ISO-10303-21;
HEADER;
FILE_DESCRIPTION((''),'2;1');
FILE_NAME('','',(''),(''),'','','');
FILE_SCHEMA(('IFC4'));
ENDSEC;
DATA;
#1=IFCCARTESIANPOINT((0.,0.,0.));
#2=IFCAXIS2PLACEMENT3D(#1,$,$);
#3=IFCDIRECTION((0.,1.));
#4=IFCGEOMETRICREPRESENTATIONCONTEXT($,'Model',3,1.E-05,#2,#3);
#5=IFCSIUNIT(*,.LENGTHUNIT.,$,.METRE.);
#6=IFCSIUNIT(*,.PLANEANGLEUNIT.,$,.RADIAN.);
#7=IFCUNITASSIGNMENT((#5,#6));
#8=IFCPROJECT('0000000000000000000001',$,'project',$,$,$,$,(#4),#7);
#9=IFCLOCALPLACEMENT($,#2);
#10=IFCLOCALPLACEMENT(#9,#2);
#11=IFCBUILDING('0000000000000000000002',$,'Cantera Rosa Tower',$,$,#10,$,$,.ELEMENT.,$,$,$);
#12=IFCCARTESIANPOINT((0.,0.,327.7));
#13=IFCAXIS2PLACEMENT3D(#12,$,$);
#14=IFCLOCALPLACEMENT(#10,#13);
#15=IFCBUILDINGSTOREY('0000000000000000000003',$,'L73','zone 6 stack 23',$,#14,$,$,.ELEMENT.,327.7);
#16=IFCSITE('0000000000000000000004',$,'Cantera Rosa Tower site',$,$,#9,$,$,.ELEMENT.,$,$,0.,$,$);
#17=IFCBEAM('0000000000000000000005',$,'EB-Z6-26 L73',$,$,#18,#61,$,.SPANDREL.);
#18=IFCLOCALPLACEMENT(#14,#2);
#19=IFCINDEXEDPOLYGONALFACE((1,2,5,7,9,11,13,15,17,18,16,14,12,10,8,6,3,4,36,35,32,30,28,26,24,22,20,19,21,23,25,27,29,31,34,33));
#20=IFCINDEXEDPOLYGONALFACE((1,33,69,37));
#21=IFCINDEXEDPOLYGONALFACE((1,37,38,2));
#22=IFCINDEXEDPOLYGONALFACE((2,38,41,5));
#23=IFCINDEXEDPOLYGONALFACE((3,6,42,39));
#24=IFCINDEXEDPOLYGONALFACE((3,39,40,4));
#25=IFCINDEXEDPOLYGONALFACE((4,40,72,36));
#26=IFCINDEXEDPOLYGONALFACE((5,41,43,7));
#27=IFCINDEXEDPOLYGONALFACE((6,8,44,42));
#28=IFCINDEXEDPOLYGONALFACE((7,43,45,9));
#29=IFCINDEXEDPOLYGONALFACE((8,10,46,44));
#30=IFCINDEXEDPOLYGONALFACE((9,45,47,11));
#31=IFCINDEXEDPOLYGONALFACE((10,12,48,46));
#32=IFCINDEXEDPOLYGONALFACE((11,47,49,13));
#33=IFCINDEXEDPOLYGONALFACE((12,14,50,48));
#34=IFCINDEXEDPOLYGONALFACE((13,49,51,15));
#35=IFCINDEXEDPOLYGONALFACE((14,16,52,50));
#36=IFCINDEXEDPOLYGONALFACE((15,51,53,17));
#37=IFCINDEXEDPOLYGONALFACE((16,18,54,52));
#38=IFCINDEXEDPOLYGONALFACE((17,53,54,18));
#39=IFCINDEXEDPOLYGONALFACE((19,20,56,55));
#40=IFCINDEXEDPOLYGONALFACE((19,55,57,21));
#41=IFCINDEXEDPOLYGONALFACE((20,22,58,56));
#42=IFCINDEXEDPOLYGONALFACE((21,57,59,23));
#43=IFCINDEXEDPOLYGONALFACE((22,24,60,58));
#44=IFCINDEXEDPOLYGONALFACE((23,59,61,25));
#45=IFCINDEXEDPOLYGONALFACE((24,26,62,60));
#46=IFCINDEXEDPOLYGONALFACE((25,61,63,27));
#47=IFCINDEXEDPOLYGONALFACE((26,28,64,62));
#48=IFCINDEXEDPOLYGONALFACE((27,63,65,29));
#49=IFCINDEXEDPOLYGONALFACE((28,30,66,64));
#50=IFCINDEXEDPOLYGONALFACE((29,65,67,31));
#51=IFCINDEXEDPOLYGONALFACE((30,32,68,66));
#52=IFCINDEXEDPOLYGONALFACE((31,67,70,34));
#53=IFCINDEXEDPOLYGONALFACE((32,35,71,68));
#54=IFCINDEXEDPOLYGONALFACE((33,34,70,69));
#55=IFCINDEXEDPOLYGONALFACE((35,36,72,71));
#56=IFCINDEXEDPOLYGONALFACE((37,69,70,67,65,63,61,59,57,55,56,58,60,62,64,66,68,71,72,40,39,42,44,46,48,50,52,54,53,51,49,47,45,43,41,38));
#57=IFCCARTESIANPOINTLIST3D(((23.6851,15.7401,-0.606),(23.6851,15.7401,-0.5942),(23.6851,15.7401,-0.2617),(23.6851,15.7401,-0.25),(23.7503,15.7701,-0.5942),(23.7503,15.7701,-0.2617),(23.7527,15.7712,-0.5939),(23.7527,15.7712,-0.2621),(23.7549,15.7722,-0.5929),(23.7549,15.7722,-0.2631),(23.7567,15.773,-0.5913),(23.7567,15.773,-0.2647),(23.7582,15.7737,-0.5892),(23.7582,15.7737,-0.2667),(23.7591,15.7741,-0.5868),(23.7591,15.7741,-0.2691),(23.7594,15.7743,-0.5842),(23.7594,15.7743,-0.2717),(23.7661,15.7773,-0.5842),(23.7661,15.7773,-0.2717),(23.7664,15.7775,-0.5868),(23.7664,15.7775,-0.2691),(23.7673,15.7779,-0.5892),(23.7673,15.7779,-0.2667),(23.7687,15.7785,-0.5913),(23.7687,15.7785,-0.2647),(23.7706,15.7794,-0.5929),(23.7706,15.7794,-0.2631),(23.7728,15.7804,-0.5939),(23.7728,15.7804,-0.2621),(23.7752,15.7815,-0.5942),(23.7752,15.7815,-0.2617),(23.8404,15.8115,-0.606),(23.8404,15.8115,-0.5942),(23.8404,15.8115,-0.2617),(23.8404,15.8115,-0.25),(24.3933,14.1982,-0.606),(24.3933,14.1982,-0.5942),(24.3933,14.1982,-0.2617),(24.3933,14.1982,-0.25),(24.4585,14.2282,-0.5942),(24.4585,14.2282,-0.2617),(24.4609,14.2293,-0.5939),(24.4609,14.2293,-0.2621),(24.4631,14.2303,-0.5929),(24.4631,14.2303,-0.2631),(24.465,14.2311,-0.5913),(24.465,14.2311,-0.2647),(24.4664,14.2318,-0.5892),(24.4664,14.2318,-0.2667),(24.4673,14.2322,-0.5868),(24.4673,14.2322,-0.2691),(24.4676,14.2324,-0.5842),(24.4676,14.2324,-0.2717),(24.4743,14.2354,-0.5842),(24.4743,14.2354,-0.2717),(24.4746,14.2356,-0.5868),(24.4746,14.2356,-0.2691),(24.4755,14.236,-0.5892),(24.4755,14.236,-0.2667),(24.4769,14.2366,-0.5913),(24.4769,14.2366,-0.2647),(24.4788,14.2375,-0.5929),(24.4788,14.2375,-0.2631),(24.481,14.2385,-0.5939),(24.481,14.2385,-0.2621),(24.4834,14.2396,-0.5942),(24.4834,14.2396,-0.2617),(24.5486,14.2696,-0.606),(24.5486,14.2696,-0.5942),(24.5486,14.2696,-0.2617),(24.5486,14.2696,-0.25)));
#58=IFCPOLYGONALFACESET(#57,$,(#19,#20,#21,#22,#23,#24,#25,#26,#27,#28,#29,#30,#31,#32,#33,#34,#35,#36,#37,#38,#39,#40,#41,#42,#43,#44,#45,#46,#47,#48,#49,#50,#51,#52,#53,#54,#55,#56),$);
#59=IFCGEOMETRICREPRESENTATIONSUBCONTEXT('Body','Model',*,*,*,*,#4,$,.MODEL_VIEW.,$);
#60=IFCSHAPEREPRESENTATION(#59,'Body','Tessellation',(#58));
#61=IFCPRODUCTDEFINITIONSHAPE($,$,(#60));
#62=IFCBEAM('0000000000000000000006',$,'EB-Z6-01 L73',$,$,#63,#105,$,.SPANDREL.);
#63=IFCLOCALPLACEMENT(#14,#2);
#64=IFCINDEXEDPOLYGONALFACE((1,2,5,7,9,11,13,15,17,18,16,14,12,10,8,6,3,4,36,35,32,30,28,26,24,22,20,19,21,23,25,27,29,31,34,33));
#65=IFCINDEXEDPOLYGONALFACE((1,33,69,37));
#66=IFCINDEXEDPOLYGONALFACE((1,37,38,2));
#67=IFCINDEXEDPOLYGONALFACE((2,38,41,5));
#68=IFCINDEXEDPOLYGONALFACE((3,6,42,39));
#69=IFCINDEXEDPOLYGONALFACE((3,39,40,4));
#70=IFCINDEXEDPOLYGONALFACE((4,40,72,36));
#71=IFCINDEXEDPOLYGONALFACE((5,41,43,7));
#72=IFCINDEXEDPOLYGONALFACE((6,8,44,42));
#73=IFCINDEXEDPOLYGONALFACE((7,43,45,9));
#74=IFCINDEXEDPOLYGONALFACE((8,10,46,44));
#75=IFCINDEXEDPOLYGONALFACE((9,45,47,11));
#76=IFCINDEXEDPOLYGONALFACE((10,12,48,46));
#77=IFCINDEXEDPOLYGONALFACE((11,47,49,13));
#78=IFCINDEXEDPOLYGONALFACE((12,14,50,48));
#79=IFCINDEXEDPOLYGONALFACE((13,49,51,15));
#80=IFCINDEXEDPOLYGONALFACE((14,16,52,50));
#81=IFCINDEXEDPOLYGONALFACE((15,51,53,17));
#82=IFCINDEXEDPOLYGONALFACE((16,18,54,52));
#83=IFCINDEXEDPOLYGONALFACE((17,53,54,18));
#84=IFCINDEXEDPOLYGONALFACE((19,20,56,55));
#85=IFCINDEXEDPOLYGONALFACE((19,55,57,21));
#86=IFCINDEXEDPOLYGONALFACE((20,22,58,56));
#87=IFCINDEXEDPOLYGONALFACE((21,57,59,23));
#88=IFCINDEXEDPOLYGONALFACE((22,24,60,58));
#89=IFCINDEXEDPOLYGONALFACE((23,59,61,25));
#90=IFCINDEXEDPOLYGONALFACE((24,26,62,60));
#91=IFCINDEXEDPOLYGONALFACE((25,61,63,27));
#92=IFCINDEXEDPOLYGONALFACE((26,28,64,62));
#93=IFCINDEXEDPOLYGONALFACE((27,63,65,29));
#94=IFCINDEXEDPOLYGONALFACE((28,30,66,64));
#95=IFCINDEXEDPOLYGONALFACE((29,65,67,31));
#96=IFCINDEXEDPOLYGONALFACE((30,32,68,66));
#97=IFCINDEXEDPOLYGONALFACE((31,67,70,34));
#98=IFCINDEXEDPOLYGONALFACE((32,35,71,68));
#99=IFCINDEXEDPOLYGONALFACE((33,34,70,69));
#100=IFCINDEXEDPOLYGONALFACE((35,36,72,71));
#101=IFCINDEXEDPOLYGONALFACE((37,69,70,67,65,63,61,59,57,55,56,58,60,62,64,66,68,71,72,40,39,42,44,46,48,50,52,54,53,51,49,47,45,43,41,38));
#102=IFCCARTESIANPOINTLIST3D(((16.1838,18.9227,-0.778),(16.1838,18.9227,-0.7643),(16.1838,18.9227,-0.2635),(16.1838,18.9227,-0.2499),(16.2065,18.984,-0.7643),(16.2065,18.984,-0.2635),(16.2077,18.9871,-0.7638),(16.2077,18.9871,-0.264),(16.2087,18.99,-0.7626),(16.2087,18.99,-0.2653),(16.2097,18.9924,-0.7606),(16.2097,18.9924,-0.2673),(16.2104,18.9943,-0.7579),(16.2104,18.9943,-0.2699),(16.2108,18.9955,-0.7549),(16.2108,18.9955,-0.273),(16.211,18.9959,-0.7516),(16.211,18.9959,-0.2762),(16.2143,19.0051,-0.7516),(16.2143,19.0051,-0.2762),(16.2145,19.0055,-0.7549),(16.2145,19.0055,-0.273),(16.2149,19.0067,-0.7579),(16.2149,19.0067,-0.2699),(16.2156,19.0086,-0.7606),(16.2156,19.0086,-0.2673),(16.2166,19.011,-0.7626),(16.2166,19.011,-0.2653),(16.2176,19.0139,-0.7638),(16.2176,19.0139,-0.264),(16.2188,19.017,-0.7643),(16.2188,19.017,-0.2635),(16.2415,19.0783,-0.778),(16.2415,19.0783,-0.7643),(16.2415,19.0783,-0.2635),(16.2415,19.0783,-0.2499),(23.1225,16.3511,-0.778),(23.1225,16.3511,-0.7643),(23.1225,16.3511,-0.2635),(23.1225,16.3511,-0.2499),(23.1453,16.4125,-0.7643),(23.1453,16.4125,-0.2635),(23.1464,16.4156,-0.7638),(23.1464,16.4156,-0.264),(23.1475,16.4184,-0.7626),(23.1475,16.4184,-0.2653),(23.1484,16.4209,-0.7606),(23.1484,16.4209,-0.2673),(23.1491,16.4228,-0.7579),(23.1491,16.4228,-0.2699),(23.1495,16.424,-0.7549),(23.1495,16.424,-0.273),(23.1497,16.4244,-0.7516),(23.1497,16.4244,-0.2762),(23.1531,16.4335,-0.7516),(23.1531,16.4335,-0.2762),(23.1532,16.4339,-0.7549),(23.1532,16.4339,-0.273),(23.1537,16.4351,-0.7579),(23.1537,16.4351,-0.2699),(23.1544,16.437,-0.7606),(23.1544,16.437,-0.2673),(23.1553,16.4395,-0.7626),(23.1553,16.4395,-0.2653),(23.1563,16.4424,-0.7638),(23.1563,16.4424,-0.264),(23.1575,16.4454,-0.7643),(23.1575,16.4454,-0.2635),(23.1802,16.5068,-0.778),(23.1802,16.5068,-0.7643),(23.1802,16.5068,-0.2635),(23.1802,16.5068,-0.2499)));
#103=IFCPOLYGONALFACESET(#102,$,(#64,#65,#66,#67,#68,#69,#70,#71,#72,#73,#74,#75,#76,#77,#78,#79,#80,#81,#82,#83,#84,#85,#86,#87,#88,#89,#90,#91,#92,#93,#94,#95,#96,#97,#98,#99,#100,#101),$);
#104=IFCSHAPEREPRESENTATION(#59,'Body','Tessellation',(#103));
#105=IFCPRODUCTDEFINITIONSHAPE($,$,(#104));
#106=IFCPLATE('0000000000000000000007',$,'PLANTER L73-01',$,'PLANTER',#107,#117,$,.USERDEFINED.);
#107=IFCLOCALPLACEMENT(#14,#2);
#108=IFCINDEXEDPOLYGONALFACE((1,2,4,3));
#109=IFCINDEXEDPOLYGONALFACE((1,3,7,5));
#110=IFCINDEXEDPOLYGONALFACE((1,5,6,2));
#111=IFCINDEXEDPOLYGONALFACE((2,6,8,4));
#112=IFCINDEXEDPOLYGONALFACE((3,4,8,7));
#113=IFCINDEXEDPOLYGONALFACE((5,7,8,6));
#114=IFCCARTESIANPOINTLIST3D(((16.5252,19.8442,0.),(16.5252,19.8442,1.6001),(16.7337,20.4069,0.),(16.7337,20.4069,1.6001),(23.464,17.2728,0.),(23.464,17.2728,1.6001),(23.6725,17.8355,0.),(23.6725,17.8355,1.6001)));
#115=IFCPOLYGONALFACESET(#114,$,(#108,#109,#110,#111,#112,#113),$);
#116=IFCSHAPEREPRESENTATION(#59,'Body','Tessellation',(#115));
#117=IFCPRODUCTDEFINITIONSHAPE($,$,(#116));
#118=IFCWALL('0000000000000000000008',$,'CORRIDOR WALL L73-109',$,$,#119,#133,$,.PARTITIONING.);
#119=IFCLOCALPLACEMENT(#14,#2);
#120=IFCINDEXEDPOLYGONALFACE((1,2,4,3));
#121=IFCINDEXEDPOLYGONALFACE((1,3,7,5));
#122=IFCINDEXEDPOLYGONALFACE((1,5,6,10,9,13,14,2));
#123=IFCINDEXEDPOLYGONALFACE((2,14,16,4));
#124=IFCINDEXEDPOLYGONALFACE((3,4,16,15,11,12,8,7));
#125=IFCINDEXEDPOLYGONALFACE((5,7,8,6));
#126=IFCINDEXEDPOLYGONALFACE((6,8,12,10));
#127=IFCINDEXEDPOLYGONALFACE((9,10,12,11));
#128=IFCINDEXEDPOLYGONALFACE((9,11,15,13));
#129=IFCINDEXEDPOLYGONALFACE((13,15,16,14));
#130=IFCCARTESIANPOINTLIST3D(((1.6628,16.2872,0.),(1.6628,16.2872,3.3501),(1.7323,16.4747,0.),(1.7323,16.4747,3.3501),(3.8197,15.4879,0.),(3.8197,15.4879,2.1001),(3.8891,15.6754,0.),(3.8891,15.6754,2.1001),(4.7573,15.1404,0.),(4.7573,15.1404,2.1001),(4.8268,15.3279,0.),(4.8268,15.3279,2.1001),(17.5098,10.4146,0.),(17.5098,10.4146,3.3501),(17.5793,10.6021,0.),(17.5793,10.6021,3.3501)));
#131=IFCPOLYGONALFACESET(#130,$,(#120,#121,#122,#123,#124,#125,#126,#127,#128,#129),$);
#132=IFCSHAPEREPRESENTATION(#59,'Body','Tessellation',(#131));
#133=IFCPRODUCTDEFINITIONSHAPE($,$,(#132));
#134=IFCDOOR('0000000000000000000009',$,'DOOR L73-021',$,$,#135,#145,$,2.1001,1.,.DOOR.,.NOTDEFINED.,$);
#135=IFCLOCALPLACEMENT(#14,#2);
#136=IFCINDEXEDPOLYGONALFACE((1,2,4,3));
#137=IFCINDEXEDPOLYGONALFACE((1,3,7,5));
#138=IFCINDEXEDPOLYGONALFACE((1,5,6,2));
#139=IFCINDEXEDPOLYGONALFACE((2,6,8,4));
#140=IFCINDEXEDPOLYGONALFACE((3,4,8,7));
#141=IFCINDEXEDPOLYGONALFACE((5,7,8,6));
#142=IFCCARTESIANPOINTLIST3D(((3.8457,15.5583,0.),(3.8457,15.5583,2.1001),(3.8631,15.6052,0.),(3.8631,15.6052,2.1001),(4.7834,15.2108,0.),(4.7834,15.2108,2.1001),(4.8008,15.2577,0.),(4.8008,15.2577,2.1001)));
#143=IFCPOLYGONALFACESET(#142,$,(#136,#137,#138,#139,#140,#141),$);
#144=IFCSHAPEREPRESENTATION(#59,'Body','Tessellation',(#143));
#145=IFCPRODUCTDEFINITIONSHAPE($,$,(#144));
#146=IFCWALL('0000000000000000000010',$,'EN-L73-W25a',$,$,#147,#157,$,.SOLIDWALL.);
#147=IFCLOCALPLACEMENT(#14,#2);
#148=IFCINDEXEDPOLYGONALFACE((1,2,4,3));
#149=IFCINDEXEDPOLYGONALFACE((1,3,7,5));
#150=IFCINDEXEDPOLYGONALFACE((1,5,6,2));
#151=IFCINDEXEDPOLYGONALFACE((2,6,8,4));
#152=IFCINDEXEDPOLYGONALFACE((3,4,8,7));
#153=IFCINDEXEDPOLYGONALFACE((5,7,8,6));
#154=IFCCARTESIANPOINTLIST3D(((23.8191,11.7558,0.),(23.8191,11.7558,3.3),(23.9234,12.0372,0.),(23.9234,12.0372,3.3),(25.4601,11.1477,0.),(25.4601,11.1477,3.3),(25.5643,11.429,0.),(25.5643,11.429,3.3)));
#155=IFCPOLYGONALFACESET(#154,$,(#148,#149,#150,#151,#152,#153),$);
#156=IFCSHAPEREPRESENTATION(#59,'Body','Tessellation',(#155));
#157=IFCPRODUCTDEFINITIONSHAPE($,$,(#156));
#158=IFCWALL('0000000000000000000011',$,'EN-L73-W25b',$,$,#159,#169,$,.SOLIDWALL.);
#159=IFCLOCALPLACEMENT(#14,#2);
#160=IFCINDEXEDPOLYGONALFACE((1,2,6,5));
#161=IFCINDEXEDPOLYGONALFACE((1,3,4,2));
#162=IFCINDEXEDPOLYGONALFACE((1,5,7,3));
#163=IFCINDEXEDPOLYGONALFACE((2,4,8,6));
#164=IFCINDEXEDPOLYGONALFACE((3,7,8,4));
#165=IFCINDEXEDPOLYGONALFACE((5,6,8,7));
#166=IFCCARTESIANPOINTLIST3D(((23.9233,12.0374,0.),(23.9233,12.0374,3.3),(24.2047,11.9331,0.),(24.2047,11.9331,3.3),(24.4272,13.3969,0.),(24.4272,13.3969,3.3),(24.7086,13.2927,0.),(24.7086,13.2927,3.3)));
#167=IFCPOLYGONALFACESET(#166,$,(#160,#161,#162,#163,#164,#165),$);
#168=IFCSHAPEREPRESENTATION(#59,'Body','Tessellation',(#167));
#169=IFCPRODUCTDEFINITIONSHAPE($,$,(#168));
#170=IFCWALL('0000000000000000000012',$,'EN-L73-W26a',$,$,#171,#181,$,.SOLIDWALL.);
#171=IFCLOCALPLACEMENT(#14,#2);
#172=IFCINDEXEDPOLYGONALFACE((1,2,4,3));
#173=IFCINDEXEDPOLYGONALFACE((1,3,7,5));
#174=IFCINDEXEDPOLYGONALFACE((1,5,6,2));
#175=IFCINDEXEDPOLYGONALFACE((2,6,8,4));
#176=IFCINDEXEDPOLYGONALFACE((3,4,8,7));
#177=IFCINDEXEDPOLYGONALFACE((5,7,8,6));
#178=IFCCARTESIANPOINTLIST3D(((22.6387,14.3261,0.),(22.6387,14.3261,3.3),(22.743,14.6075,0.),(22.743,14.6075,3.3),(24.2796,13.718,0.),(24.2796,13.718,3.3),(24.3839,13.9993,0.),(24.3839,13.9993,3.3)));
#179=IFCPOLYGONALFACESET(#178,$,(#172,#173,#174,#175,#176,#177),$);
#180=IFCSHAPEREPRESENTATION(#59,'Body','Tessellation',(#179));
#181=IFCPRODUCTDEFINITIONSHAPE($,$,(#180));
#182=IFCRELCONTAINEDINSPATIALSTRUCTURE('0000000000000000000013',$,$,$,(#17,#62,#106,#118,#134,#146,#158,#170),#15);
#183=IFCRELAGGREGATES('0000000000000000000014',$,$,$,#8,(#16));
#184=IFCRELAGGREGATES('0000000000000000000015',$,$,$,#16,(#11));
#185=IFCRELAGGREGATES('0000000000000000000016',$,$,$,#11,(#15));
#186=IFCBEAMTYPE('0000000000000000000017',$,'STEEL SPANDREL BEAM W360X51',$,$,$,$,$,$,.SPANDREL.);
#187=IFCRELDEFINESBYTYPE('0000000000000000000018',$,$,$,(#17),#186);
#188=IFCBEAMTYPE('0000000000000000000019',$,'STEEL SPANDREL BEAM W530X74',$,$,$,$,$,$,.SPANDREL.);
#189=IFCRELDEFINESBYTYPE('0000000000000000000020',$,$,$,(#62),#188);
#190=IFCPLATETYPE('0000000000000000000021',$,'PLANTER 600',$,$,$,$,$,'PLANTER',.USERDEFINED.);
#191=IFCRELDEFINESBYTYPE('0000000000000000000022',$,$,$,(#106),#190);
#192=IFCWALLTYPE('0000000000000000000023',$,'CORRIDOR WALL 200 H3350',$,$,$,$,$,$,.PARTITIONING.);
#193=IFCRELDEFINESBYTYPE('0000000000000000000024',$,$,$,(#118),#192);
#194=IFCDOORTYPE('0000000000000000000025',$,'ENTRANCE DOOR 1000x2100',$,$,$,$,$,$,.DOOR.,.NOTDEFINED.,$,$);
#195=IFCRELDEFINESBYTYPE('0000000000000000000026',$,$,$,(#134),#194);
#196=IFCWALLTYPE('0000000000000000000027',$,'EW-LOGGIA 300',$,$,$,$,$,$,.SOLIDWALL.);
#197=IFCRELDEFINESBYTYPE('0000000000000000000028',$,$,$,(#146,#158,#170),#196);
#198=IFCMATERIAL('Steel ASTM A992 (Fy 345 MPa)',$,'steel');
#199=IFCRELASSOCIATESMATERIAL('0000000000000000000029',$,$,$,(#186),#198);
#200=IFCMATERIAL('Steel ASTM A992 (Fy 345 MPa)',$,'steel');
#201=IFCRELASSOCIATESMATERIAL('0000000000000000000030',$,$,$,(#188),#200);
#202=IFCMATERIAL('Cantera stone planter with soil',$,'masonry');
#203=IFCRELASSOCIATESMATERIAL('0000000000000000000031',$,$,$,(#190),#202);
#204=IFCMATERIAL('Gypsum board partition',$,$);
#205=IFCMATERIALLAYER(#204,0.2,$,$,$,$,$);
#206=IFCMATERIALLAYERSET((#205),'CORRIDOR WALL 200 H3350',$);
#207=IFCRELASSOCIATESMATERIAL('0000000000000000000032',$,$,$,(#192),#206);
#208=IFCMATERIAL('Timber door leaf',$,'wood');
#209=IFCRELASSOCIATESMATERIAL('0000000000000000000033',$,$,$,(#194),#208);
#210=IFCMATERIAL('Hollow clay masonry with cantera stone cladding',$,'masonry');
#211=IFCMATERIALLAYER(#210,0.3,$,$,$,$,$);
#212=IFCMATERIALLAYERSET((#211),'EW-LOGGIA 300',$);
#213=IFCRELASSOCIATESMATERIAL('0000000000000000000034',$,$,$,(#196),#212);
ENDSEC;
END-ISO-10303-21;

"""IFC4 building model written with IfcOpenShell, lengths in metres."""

from ifc_helpers import new_model, si_unit, direction, frame, frame_2d, origin, origin_2d, place, context, subcontext, project, spatial, rectangle, i_section, extrude, material, layer, layer_set, material_profile, profile_set, type_object, element, fill, save


model = new_model("IFC4")

# Units and contexts
model_context = context("Model", 3, precision=1e-05, world=origin(), true_north=direction((0.0, 1.0)))
body_context = subcontext(model_context, "Body", "Model", "MODEL_VIEW")
ifc_project = project(units=[si_unit("LENGTHUNIT", "METRE"), si_unit("PLANEANGLEUNIT", "RADIAN")], contexts=[model_context])

# Site, building, storey
site_placement = place(None, origin())
site = spatial("IfcSite", under=ifc_project, at=site_placement, Name="Cantera Rosa Tower site", CompositionType="ELEMENT", RefElevation=0.0)
building_placement = place(site_placement, origin())
building = spatial("IfcBuilding", under=site, at=building_placement, Name="Cantera Rosa Tower", CompositionType="ELEMENT")
storey_placement = place(building_placement, frame((0.0, 0.0, 327.7)))
storey = spatial("IfcBuildingStorey", under=building, at=storey_placement, Name="L73", Description="zone 6 stack 23", CompositionType="ELEMENT", Elevation=327.7)

# Beams
ifc_material_1 = material(Name="Steel ASTM A992 (Fy 345 MPa)", Category="steel")
ifc_material_profile_1 = material_profile(ifc_material_1, i_section(OverallWidth=0.1709, OverallDepth=0.356, WebThickness=0.0073, FlangeThickness=0.0117, FilletRadius=0.01, at=origin_2d()), Name="W360X51")
ifc_profile_set_1 = profile_set([ifc_material_profile_1], Name="Steel ASTM A992 (Fy 345 MPa)")
beam_type_1 = type_object("IfcBeamType", Name="STEEL SPANDREL BEAM W360X51", PredefinedType="SPANDREL", material=ifc_profile_set_1)
for number, where, z_axis, x_axis, name in (
    (1, (24.4709, 14.2339, -0.428), (-0.417388, 0.908728, 0.0), (-0.908728, -0.417388, 0.0), "EB-Z6-26 L73"),
):
    element("IfcBeam", number, at=place(storey_placement, frame(where, z_axis=z_axis, x_axis=x_axis)), inside=storey, type_object=beam_type_1, Name=name, PredefinedType="SPANDREL", context=body_context, shape_type="SweptSolid", body=[
        extrude(i_section(OverallWidth=0.1709, OverallDepth=0.356, WebThickness=0.0073, FlangeThickness=0.0117, FilletRadius=0.01, at=origin_2d()), origin(), (0.0, 0.0, 1.0), 1.6968),
    ])
ifc_material_2 = material(Name="Steel ASTM A992 (Fy 345 MPa)", Category="steel")
ifc_material_profile_2 = material_profile(ifc_material_2, i_section(OverallWidth=0.166, OverallDepth=0.5281, WebThickness=0.0098, FlangeThickness=0.0137, FilletRadius=0.0127, at=origin_2d()), Name="W530X74")
ifc_profile_set_2 = profile_set([ifc_material_profile_2], Name="Steel ASTM A992 (Fy 345 MPa)")
beam_type_2 = type_object("IfcBeamType", Name="STEEL SPANDREL BEAM W530X74", PredefinedType="SPANDREL", material=ifc_profile_set_2)
beam_1_placement = place(storey_placement, frame((23.1514, 16.429, -0.5139), z_axis=(-0.937677, 0.347509, 0.0), x_axis=(-0.347509, -0.937677, 0.0)))
element("IfcBeam", 2, at=beam_1_placement, inside=storey, type_object=beam_type_2, Name="EB-Z6-01 L73", PredefinedType="SPANDREL", context=body_context, shape_type="SweptSolid", body=[
    extrude(i_section(OverallWidth=0.166, OverallDepth=0.5281, WebThickness=0.0098, FlangeThickness=0.0137, FilletRadius=0.0127, at=origin_2d()), origin(), (0.0, 0.0, 1.0), 7.3999),
])

# Plate
ifc_material_3 = material(Name="Cantera stone planter with soil", Category="masonry")
plate_type = type_object("IfcPlateType", Name="PLANTER 600", ElementType="PLANTER", PredefinedType="USERDEFINED", material=ifc_material_3)
plate_placement = place(storey_placement, frame((20.0989, 18.8398, 0.0), z_axis=(0.0, 0.0, 1.0), x_axis=(-0.937687, 0.347481, 0.0)))
element("IfcPlate", 3, at=plate_placement, inside=storey, type_object=plate_type, Name="PLANTER L73-01", ObjectType="PLANTER", PredefinedType="USERDEFINED", context=body_context, shape_type="SweptSolid", body=[
    extrude(rectangle(XDim=7.3999, YDim=0.6001, at=origin_2d()), origin(), (0.0, 0.0, 1.0), 1.6001),
])

# Wall, opening, door
ifc_material_4 = material(Name="Gypsum board partition")
ifc_layer_1 = layer(ifc_material_4, 0.2)
ifc_layer_set_1 = layer_set([ifc_layer_1], Name="CORRIDOR WALL 200 H3350")
wall_type_1 = type_object("IfcWallType", Name="CORRIDOR WALL 200 H3350", PredefinedType="PARTITIONING", material=ifc_layer_set_1)
wall_1_placement = place(storey_placement, frame((17.5447, 10.5083, 0.0), z_axis=(0.0, 0.0, 1.0), x_axis=(-0.937685, 0.347487, 0.0)))
wall_1 = element("IfcWall", 4, at=wall_1_placement, inside=storey, type_object=wall_type_1, Name="CORRIDOR WALL L73-109", PredefinedType="PARTITIONING", context=body_context, shape_type="SweptSolid", body=[
    extrude(rectangle(XDim=16.9001, YDim=0.2, at=frame_2d((8.4502, 0.0))), origin(), (0.0, 0.0, 1.0), 3.3501),
])
opening_1_placement = place(wall_1_placement, frame((13.6001, 0.0, 0.0)))
opening_1 = element("IfcOpeningElement", 5, at=opening_1_placement, cuts=wall_1, PredefinedType="OPENING", context=body_context, shape_type="SweptSolid", body=[
    extrude(rectangle(XDim=1.0, YDim=2.1001, at=frame_2d((0.5, 1.05))), frame((0.0, 0.1099, 0.0), z_axis=(0.0, -1.0, 0.0), x_axis=(1.0, 0.0, 0.0)), (0.0, 0.0, 1.0), 0.22),
])
ifc_material_5 = material(Name="Timber door leaf", Category="wood")
door_type_1 = type_object("IfcDoorType", Name="ENTRANCE DOOR 1000x2100", OperationType="NOTDEFINED", PredefinedType="DOOR", material=ifc_material_5)
door_1_placement = place(opening_1_placement, origin())
door_1 = element("IfcDoor", 6, at=door_1_placement, inside=storey, type_object=door_type_1, Name="DOOR L73-021", OperationType="NOTDEFINED", OverallHeight=2.1001, OverallWidth=1.0, PredefinedType="DOOR", context=body_context, shape_type="SweptSolid", body=[
    extrude(rectangle(XDim=1.0, YDim=2.1001, at=frame_2d((0.5, 1.05))), frame((0.0, 0.0249, 0.0), z_axis=(0.0, -1.0, 0.0), x_axis=(1.0, 0.0, 0.0)), (0.0, 0.0, 1.0), 0.05),
])
fill(opening_1, door_1)

# Walls
ifc_material_6 = material(Name="Hollow clay masonry with cantera stone cladding", Category="masonry")
ifc_layer_2 = layer(ifc_material_6, 0.3)
ifc_layer_set_2 = layer_set([ifc_layer_2], Name="EW-LOGGIA 300")
wall_type_2 = type_object("IfcWallType", Name="EW-LOGGIA 300", PredefinedType="SOLIDWALL", material=ifc_layer_set_2)
wall_2_placement = place(storey_placement, frame((25.5122, 11.2883, 0.0), z_axis=(0.0, 0.0, 1.0), x_axis=(-0.93767, 0.347528, 0.0)))
element("IfcWall", 7, at=wall_2_placement, inside=storey, type_object=wall_type_2, Name="EN-L73-W25a", PredefinedType="SOLIDWALL", context=body_context, shape_type="SweptSolid", body=[
    extrude(rectangle(XDim=1.75, YDim=0.3, at=frame_2d((0.875, 0.0))), origin(), (0.0, 0.0, 1.0), 3.3),
])
wall_3_placement = place(storey_placement, frame((24.064, 11.9851, 0.0), z_axis=(0.0, 0.0, 1.0), x_axis=(0.347523, 0.937672, 0.0)))
element("IfcWall", 8, at=wall_3_placement, inside=storey, type_object=wall_type_2, Name="EN-L73-W25b", PredefinedType="SOLIDWALL", context=body_context, shape_type="SweptSolid", body=[
    extrude(rectangle(XDim=1.45, YDim=0.3, at=frame_2d((0.7251, 0.0))), origin(), (0.0, 0.0, 1.0), 3.3),
])
wall_4_placement = place(storey_placement, frame((24.3318, 13.8586, 0.0), z_axis=(0.0, 0.0, 1.0), x_axis=(-0.93767, 0.347528, 0.0)))
element("IfcWall", 9, at=wall_4_placement, inside=storey, type_object=wall_type_2, Name="EN-L73-W26a", PredefinedType="SOLIDWALL", context=body_context, shape_type="SweptSolid", body=[
    extrude(rectangle(XDim=1.75, YDim=0.3, at=frame_2d((0.875, 0.0))), origin(), (0.0, 0.0, 1.0), 3.3),
])

save(model, "model.ifc")
